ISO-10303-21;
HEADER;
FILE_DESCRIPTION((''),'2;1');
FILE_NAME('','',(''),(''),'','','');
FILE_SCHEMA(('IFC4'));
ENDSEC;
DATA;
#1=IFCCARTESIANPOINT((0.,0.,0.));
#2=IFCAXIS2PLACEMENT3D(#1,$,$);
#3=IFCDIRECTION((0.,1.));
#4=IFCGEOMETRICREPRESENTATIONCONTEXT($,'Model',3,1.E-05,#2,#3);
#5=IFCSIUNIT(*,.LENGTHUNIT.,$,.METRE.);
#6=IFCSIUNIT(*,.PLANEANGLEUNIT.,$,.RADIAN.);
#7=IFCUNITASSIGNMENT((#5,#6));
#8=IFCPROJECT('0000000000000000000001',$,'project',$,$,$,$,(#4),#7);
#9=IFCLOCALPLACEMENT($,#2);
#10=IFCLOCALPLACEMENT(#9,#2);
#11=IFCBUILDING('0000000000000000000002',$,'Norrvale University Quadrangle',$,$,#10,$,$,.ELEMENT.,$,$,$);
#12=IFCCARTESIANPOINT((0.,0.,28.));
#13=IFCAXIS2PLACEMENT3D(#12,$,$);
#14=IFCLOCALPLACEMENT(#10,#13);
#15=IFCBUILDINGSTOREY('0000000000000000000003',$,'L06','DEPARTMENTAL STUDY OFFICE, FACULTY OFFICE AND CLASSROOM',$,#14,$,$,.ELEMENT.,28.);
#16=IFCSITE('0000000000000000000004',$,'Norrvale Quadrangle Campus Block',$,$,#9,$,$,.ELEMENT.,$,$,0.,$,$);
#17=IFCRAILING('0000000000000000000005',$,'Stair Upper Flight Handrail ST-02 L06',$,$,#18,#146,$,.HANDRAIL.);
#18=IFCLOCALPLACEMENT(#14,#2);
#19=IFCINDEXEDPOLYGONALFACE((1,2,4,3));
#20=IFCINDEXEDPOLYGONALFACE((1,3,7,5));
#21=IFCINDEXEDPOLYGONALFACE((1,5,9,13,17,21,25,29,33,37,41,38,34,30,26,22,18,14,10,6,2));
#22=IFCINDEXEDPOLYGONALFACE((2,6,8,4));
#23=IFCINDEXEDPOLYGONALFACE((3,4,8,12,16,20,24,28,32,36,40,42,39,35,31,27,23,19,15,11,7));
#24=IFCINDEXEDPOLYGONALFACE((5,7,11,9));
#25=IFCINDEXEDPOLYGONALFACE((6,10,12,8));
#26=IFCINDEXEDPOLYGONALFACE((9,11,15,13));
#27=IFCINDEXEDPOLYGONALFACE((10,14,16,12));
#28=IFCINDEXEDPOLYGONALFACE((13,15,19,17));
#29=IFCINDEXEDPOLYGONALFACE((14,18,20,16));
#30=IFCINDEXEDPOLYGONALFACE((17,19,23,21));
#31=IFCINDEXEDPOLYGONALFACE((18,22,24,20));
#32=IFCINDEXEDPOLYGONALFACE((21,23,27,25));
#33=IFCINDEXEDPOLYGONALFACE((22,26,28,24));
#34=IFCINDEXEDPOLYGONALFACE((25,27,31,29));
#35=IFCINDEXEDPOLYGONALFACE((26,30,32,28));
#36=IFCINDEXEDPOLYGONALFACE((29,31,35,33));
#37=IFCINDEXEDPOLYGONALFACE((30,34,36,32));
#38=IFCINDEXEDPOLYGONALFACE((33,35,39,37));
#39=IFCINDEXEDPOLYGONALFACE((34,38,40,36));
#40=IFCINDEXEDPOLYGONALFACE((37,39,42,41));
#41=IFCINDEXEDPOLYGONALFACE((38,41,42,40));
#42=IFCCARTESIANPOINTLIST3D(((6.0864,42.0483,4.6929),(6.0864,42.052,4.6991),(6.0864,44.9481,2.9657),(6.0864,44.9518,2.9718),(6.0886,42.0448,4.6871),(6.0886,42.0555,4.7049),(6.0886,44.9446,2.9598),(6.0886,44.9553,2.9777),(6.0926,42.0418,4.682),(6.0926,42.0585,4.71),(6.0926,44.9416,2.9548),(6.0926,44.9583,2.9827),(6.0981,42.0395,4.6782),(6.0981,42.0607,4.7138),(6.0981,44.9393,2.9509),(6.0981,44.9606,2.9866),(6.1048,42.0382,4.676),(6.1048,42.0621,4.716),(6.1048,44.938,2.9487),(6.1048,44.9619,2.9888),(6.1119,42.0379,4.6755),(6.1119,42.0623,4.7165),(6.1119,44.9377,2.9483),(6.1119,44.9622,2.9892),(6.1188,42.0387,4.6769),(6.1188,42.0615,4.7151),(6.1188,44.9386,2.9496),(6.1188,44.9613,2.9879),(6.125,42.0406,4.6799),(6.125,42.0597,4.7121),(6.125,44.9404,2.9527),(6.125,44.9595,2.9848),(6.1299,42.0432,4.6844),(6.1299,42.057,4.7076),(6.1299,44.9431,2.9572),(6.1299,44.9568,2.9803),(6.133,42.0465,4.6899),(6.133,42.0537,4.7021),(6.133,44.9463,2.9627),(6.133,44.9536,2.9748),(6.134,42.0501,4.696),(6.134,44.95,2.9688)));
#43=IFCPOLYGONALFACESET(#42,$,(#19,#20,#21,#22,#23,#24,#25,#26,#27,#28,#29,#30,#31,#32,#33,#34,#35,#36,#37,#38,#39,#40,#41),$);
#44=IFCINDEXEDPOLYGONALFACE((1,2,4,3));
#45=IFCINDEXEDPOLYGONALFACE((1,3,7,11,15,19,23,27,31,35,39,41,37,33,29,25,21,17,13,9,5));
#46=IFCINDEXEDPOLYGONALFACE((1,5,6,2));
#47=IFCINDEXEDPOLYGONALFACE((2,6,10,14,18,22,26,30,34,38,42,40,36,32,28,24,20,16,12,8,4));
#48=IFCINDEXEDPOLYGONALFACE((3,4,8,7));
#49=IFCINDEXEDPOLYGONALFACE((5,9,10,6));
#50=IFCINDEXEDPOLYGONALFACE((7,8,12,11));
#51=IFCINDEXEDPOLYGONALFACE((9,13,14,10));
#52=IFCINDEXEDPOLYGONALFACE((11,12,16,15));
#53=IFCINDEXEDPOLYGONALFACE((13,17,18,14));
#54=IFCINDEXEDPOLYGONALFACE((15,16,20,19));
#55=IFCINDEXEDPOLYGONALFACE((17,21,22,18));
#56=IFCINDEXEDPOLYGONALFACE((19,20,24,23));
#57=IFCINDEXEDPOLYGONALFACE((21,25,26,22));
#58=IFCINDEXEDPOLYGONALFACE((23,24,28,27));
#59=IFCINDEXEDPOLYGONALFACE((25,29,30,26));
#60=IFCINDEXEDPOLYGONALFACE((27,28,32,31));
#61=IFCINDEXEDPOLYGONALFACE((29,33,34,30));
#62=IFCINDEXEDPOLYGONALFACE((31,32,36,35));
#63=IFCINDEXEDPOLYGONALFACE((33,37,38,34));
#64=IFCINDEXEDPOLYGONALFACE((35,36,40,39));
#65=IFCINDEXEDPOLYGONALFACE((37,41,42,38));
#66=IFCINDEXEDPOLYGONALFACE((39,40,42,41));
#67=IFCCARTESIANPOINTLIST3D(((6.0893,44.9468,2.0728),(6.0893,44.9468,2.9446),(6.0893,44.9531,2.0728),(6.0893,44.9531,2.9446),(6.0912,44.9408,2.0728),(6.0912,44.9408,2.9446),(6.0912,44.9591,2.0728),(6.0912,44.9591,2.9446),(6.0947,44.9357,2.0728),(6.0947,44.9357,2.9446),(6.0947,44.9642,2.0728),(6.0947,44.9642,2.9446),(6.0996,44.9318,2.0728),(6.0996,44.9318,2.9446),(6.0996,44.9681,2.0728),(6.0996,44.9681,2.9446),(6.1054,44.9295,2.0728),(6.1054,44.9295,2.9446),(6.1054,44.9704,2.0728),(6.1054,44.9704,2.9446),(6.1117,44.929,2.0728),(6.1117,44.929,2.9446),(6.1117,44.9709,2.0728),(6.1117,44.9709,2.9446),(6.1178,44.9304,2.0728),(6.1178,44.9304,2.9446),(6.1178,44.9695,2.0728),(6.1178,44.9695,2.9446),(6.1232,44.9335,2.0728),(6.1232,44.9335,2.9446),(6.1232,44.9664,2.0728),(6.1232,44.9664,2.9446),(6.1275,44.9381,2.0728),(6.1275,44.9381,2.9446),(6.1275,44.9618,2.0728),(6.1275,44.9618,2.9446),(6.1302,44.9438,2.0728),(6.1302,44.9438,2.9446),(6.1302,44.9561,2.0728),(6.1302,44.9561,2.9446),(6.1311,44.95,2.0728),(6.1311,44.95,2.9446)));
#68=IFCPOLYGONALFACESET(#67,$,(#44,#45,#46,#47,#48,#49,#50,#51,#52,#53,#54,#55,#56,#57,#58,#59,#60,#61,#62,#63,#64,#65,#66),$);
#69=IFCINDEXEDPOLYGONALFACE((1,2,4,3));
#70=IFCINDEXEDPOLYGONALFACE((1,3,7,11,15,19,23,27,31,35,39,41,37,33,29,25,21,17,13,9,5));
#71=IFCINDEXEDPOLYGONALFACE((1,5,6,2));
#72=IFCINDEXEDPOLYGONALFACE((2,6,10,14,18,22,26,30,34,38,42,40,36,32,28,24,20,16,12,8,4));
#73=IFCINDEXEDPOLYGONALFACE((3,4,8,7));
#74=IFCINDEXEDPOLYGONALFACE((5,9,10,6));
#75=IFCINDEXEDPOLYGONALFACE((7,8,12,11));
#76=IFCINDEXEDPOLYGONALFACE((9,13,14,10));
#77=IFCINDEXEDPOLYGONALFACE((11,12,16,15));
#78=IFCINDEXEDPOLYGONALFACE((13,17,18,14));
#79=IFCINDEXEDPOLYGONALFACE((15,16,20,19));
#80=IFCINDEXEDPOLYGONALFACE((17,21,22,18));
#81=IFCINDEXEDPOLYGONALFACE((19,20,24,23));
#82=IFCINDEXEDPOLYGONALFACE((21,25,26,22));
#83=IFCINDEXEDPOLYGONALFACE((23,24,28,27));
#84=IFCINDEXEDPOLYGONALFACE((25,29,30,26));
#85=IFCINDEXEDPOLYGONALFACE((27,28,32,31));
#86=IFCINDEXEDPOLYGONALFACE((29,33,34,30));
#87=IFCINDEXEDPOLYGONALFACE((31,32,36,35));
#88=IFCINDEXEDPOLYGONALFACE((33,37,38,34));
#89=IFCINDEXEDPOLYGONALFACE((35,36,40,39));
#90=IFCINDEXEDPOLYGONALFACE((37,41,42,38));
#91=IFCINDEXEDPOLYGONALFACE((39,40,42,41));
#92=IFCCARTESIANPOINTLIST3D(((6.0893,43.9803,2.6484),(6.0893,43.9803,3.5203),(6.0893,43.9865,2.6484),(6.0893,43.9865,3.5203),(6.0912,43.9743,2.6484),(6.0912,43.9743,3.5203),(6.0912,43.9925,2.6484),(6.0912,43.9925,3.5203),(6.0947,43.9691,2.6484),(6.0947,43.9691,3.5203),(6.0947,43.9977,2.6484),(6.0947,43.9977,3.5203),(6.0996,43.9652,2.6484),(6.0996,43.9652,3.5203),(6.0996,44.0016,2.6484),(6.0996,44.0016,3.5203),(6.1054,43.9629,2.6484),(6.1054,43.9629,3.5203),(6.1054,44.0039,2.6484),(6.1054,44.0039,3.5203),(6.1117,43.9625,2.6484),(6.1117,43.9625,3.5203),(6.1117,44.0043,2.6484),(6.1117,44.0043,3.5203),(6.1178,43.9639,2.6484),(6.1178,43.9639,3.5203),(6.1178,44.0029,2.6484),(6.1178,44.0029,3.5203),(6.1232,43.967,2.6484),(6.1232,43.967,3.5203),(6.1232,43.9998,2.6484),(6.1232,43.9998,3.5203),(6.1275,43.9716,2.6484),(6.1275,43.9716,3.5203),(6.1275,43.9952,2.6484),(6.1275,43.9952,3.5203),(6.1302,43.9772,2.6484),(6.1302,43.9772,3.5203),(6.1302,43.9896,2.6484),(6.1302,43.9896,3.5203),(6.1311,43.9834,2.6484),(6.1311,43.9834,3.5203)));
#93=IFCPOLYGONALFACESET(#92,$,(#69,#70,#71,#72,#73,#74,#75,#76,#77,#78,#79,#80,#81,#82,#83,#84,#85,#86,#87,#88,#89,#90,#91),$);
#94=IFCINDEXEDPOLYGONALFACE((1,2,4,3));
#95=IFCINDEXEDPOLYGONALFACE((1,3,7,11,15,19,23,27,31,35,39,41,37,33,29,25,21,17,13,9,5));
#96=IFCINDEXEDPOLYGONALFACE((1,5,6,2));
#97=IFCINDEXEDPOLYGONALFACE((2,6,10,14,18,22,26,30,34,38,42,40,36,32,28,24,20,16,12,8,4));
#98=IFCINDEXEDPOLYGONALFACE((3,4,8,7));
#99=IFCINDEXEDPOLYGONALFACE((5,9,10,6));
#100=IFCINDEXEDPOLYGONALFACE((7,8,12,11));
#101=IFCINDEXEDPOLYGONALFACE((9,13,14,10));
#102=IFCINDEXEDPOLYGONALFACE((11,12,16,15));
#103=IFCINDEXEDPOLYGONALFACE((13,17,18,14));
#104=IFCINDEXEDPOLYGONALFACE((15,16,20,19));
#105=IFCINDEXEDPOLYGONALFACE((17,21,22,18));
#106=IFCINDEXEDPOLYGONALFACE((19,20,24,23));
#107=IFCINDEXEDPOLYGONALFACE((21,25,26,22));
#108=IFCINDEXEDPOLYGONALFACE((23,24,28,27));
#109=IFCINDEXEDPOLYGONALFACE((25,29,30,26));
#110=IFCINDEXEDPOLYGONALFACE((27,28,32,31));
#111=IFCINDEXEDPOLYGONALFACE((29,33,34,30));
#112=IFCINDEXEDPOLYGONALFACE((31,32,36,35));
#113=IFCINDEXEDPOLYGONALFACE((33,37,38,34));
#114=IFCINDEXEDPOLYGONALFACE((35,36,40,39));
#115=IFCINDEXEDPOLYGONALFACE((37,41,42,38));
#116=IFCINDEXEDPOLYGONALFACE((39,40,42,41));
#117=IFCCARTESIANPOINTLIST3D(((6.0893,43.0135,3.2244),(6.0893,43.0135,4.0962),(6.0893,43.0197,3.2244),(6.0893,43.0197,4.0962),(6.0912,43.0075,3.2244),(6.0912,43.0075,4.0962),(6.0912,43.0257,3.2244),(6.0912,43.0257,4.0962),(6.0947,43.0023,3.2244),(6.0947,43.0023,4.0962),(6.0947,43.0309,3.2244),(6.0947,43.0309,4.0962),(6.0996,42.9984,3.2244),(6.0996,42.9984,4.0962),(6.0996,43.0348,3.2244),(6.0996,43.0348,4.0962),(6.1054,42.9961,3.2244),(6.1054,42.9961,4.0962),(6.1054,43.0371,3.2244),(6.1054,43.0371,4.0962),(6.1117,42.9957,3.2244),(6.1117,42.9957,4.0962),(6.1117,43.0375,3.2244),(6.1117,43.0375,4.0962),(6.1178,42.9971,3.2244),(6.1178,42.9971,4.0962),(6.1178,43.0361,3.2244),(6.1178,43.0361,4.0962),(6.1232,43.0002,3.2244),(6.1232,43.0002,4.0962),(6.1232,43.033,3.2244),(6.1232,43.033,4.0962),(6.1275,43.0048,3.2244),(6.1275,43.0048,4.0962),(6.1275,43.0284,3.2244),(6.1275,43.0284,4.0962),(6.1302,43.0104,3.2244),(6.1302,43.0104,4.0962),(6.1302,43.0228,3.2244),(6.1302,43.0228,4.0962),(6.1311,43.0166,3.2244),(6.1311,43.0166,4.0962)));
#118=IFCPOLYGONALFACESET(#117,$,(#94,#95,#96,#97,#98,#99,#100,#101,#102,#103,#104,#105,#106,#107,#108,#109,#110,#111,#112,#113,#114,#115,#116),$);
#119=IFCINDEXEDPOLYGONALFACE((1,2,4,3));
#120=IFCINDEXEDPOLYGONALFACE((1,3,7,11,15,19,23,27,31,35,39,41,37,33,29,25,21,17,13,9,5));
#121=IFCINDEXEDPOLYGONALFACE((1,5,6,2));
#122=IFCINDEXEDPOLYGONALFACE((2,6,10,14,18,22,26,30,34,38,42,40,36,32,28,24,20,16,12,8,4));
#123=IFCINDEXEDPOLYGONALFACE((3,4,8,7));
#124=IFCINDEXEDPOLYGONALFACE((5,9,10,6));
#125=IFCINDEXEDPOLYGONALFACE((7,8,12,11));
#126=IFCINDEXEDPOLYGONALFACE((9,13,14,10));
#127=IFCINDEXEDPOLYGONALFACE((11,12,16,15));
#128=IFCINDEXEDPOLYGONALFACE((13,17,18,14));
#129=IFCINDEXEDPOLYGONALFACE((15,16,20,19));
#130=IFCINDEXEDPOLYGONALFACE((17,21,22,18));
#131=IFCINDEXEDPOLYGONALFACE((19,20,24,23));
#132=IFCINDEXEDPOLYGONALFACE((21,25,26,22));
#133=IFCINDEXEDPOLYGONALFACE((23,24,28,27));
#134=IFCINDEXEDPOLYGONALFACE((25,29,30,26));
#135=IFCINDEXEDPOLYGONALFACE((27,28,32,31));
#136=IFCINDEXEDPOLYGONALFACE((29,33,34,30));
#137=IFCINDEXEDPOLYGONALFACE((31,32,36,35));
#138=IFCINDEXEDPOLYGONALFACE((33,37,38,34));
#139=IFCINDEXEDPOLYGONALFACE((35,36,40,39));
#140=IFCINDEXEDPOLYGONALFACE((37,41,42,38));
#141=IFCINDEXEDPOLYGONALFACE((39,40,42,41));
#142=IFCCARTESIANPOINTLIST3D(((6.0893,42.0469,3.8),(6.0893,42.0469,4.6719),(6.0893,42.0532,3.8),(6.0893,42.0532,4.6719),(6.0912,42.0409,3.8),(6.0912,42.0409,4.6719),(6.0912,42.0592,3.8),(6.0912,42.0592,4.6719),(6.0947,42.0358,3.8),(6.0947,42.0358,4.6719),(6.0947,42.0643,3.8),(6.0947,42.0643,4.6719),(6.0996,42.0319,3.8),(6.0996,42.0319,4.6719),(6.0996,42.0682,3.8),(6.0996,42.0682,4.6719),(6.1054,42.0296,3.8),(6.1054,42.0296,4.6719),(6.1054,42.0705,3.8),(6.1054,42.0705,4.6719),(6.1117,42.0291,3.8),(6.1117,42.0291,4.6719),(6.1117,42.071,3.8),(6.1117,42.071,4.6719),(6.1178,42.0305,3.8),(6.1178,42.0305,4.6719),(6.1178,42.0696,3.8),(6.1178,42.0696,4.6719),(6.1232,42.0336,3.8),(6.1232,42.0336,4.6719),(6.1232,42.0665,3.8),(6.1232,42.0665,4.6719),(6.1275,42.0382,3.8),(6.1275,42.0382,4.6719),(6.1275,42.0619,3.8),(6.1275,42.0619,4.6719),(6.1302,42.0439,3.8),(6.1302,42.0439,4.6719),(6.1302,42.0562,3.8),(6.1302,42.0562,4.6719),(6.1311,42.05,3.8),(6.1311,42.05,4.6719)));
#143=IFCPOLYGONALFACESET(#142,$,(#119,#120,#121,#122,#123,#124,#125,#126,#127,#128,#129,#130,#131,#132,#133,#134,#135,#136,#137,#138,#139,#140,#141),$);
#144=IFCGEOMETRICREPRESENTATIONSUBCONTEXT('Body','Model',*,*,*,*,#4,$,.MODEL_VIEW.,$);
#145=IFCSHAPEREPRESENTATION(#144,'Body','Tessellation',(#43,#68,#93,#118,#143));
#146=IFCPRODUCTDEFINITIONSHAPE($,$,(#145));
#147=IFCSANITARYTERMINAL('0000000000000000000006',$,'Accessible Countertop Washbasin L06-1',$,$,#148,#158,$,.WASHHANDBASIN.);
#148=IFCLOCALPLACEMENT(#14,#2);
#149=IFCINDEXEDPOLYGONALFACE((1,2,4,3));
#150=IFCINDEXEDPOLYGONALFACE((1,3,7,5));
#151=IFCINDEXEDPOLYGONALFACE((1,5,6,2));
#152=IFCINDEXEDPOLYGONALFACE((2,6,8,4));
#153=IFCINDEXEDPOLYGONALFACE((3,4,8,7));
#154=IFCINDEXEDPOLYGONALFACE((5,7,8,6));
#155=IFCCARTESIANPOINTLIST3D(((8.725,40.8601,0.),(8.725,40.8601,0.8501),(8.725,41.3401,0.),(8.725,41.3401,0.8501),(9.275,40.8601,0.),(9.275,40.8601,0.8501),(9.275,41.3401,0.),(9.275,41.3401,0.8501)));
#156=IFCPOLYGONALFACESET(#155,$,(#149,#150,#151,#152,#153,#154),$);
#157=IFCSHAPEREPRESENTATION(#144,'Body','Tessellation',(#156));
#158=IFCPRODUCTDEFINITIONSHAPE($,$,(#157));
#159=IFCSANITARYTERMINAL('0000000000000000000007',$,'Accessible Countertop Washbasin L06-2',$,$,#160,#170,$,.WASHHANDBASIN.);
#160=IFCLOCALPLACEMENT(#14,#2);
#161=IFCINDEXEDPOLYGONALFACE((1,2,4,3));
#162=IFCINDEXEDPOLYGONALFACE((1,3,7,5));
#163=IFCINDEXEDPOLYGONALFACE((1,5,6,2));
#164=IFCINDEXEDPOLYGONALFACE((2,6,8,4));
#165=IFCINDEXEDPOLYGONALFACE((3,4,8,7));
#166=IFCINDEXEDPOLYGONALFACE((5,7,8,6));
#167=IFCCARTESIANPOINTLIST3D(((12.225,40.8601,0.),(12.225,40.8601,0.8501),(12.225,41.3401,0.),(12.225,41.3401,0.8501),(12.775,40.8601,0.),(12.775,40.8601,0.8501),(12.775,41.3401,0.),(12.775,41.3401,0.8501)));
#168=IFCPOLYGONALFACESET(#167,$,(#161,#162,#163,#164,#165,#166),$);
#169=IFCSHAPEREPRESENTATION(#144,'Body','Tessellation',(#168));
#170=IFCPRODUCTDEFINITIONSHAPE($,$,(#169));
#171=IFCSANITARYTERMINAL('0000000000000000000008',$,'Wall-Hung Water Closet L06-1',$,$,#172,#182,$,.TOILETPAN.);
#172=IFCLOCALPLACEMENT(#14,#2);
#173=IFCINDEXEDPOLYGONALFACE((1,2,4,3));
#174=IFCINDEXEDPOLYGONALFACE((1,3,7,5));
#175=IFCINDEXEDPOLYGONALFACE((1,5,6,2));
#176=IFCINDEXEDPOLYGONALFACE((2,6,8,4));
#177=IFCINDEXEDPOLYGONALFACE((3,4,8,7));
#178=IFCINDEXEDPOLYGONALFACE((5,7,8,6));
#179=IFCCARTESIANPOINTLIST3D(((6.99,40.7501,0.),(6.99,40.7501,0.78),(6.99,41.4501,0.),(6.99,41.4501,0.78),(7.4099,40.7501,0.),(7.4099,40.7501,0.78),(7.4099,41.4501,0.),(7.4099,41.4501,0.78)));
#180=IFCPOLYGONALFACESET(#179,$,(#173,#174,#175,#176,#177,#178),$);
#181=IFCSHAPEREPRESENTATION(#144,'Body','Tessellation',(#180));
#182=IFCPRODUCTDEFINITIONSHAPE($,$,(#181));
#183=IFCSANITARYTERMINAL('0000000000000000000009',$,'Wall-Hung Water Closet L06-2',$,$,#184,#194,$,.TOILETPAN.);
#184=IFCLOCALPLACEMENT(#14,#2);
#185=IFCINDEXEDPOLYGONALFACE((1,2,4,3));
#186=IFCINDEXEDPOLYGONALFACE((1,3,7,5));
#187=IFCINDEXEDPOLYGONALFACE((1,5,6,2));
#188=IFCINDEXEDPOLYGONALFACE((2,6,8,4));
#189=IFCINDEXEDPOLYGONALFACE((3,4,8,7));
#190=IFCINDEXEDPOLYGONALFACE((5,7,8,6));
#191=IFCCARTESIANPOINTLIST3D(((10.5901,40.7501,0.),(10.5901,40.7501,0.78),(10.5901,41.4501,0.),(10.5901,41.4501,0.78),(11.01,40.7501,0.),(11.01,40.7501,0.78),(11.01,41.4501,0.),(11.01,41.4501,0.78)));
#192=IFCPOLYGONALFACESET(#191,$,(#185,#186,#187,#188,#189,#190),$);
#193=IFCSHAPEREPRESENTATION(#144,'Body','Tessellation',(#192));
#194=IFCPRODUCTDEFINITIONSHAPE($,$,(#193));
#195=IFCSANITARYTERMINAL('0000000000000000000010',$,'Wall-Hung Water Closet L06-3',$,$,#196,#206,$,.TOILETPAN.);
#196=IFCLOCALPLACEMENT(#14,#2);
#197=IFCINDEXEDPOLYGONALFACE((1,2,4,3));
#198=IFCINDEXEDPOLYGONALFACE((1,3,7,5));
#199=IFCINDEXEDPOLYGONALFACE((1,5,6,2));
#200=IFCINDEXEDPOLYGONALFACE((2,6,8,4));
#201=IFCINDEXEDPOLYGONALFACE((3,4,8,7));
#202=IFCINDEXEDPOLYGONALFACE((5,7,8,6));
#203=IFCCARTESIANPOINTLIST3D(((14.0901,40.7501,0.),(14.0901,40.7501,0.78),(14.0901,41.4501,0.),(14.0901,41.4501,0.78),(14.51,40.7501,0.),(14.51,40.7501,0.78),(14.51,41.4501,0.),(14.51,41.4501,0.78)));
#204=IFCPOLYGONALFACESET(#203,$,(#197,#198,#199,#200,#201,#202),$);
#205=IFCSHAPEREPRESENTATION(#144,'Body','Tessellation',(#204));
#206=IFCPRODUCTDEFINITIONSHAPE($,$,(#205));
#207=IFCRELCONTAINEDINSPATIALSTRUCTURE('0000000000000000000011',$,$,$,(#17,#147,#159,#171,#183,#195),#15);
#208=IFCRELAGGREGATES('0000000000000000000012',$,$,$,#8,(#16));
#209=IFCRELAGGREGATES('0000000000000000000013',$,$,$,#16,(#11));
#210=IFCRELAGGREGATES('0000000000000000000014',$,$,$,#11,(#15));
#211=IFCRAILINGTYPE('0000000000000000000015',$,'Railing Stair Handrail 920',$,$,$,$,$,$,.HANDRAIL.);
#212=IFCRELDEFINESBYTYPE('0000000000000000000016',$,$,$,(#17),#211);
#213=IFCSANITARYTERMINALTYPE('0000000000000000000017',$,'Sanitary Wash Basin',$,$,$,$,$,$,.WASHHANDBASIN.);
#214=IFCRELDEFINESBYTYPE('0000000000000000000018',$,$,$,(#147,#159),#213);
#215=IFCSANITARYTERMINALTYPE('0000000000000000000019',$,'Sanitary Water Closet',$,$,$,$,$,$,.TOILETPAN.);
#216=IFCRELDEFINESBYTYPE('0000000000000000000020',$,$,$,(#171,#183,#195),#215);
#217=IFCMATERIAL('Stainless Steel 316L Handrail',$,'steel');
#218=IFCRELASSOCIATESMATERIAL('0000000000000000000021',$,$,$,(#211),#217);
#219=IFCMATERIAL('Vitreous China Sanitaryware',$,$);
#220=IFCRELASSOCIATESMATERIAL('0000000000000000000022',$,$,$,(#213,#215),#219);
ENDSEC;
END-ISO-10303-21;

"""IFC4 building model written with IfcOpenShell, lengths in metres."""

from ifc_helpers import new_model, si_unit, direction, frame, origin, origin_2d, place, context, subcontext, project, spatial, rectangle, circle, extrude, material, type_object, element, save


model = new_model("IFC4")

# Units and contexts
model_context = context("Model", 3, precision=1e-05, world=origin(), true_north=direction((0.0, 1.0)))
body_context = subcontext(model_context, "Body", "Model", "MODEL_VIEW")
ifc_project = project(units=[si_unit("LENGTHUNIT", "METRE"), si_unit("PLANEANGLEUNIT", "RADIAN")], contexts=[model_context])

# Site, building, storey
site_placement = place(None, origin())
site = spatial("IfcSite", under=ifc_project, at=site_placement, Name="Norrvale Quadrangle Campus Block", CompositionType="ELEMENT", RefElevation=0.0)
building_placement = place(site_placement, origin())
building = spatial("IfcBuilding", under=site, at=building_placement, Name="Norrvale University Quadrangle", CompositionType="ELEMENT")
storey_placement = place(building_placement, frame((0.0, 0.0, 28.0)))
storey = spatial("IfcBuildingStorey", under=building, at=storey_placement, Name="L06", Description="DEPARTMENTAL STUDY OFFICE, FACULTY OFFICE AND CLASSROOM", CompositionType="ELEMENT", Elevation=28.0)

# Railing
ifc_material_1 = material(Name="Stainless Steel 316L Handrail", Category="steel")
railing_type_1 = type_object("IfcRailingType", Name="Railing Stair Handrail 920", PredefinedType="HANDRAIL", material=ifc_material_1)
railing_1_placement = place(storey_placement, frame((6.1101, 44.95, 2.0728)))
element("IfcRailing", 1, at=railing_1_placement, inside=storey, type_object=railing_type_1, Name="Stair Upper Flight Handrail ST-02 L06", PredefinedType="HANDRAIL", context=body_context, shape_type="SweptSolid", body=[
    extrude(circle(Radius=0.0239, at=origin_2d()), frame((0.0, 0.0, 0.896), z_axis=(0.0, -0.859141, 0.511738), x_axis=(1.0, 0.0, 0.0)), (0.0, 0.0, 1.0), 3.3752),
    extrude(circle(Radius=0.021, at=origin_2d()), origin(), (0.0, 0.0, 1.0), 0.8718),
    extrude(circle(Radius=0.021, at=origin_2d()), frame((0.0, -0.9666, 0.5757)), (0.0, 0.0, 1.0), 0.8718),
    extrude(circle(Radius=0.021, at=origin_2d()), frame((0.0, -1.9333, 1.1516)), (0.0, 0.0, 1.0), 0.8718),
    extrude(circle(Radius=0.021, at=origin_2d()), frame((0.0, -2.8999, 1.7273)), (0.0, 0.0, 1.0), 0.8718),
])

# Sanitary terminals
ifc_material_2 = material(Name="Vitreous China Sanitaryware")
sanitary_terminal_type_1 = type_object("IfcSanitaryTerminalType", Name="Sanitary Wash Basin", PredefinedType="WASHHANDBASIN", material=ifc_material_2)
for number, where, z_axis, x_axis, name in (
    (2, (9.0, 41.1001, 0.0), (0.0, 0.0, 1.0), (1.0, 0.0, 0.0), "Accessible Countertop Washbasin L06-1"),
    (3, (12.5, 41.1001, 0.0), (0.0, 0.0, 1.0), (1.0, 0.0, 0.0), "Accessible Countertop Washbasin L06-2"),
):
    element("IfcSanitaryTerminal", number, at=place(storey_placement, frame(where, z_axis=z_axis, x_axis=x_axis)), inside=storey, type_object=sanitary_terminal_type_1, Name=name, PredefinedType="WASHHANDBASIN", context=body_context, shape_type="SweptSolid", body=[
        extrude(rectangle(XDim=0.55, YDim=0.48, at=origin_2d()), origin(), (0.0, 0.0, 1.0), 0.8501),
    ])
sanitary_terminal_type_2 = type_object("IfcSanitaryTerminalType", Name="Sanitary Water Closet", PredefinedType="TOILETPAN", material=ifc_material_2)
for number, where, z_axis, x_axis, name in (
    (4, (7.2, 41.1001, 0.0), (0.0, 0.0, 1.0), (1.0, 0.0, 0.0), "Wall-Hung Water Closet L06-1"),
    (5, (10.8, 41.1001, 0.0), (0.0, 0.0, 1.0), (1.0, 0.0, 0.0), "Wall-Hung Water Closet L06-2"),
    (6, (14.3, 41.1001, 0.0), (0.0, 0.0, 1.0), (1.0, 0.0, 0.0), "Wall-Hung Water Closet L06-3"),
):
    element("IfcSanitaryTerminal", number, at=place(storey_placement, frame(where, z_axis=z_axis, x_axis=x_axis)), inside=storey, type_object=sanitary_terminal_type_2, Name=name, PredefinedType="TOILETPAN", context=body_context, shape_type="SweptSolid", body=[
        extrude(rectangle(XDim=0.4199, YDim=0.7, at=origin_2d()), origin(), (0.0, 0.0, 1.0), 0.78),
    ])

save(model, "model.ifc")
